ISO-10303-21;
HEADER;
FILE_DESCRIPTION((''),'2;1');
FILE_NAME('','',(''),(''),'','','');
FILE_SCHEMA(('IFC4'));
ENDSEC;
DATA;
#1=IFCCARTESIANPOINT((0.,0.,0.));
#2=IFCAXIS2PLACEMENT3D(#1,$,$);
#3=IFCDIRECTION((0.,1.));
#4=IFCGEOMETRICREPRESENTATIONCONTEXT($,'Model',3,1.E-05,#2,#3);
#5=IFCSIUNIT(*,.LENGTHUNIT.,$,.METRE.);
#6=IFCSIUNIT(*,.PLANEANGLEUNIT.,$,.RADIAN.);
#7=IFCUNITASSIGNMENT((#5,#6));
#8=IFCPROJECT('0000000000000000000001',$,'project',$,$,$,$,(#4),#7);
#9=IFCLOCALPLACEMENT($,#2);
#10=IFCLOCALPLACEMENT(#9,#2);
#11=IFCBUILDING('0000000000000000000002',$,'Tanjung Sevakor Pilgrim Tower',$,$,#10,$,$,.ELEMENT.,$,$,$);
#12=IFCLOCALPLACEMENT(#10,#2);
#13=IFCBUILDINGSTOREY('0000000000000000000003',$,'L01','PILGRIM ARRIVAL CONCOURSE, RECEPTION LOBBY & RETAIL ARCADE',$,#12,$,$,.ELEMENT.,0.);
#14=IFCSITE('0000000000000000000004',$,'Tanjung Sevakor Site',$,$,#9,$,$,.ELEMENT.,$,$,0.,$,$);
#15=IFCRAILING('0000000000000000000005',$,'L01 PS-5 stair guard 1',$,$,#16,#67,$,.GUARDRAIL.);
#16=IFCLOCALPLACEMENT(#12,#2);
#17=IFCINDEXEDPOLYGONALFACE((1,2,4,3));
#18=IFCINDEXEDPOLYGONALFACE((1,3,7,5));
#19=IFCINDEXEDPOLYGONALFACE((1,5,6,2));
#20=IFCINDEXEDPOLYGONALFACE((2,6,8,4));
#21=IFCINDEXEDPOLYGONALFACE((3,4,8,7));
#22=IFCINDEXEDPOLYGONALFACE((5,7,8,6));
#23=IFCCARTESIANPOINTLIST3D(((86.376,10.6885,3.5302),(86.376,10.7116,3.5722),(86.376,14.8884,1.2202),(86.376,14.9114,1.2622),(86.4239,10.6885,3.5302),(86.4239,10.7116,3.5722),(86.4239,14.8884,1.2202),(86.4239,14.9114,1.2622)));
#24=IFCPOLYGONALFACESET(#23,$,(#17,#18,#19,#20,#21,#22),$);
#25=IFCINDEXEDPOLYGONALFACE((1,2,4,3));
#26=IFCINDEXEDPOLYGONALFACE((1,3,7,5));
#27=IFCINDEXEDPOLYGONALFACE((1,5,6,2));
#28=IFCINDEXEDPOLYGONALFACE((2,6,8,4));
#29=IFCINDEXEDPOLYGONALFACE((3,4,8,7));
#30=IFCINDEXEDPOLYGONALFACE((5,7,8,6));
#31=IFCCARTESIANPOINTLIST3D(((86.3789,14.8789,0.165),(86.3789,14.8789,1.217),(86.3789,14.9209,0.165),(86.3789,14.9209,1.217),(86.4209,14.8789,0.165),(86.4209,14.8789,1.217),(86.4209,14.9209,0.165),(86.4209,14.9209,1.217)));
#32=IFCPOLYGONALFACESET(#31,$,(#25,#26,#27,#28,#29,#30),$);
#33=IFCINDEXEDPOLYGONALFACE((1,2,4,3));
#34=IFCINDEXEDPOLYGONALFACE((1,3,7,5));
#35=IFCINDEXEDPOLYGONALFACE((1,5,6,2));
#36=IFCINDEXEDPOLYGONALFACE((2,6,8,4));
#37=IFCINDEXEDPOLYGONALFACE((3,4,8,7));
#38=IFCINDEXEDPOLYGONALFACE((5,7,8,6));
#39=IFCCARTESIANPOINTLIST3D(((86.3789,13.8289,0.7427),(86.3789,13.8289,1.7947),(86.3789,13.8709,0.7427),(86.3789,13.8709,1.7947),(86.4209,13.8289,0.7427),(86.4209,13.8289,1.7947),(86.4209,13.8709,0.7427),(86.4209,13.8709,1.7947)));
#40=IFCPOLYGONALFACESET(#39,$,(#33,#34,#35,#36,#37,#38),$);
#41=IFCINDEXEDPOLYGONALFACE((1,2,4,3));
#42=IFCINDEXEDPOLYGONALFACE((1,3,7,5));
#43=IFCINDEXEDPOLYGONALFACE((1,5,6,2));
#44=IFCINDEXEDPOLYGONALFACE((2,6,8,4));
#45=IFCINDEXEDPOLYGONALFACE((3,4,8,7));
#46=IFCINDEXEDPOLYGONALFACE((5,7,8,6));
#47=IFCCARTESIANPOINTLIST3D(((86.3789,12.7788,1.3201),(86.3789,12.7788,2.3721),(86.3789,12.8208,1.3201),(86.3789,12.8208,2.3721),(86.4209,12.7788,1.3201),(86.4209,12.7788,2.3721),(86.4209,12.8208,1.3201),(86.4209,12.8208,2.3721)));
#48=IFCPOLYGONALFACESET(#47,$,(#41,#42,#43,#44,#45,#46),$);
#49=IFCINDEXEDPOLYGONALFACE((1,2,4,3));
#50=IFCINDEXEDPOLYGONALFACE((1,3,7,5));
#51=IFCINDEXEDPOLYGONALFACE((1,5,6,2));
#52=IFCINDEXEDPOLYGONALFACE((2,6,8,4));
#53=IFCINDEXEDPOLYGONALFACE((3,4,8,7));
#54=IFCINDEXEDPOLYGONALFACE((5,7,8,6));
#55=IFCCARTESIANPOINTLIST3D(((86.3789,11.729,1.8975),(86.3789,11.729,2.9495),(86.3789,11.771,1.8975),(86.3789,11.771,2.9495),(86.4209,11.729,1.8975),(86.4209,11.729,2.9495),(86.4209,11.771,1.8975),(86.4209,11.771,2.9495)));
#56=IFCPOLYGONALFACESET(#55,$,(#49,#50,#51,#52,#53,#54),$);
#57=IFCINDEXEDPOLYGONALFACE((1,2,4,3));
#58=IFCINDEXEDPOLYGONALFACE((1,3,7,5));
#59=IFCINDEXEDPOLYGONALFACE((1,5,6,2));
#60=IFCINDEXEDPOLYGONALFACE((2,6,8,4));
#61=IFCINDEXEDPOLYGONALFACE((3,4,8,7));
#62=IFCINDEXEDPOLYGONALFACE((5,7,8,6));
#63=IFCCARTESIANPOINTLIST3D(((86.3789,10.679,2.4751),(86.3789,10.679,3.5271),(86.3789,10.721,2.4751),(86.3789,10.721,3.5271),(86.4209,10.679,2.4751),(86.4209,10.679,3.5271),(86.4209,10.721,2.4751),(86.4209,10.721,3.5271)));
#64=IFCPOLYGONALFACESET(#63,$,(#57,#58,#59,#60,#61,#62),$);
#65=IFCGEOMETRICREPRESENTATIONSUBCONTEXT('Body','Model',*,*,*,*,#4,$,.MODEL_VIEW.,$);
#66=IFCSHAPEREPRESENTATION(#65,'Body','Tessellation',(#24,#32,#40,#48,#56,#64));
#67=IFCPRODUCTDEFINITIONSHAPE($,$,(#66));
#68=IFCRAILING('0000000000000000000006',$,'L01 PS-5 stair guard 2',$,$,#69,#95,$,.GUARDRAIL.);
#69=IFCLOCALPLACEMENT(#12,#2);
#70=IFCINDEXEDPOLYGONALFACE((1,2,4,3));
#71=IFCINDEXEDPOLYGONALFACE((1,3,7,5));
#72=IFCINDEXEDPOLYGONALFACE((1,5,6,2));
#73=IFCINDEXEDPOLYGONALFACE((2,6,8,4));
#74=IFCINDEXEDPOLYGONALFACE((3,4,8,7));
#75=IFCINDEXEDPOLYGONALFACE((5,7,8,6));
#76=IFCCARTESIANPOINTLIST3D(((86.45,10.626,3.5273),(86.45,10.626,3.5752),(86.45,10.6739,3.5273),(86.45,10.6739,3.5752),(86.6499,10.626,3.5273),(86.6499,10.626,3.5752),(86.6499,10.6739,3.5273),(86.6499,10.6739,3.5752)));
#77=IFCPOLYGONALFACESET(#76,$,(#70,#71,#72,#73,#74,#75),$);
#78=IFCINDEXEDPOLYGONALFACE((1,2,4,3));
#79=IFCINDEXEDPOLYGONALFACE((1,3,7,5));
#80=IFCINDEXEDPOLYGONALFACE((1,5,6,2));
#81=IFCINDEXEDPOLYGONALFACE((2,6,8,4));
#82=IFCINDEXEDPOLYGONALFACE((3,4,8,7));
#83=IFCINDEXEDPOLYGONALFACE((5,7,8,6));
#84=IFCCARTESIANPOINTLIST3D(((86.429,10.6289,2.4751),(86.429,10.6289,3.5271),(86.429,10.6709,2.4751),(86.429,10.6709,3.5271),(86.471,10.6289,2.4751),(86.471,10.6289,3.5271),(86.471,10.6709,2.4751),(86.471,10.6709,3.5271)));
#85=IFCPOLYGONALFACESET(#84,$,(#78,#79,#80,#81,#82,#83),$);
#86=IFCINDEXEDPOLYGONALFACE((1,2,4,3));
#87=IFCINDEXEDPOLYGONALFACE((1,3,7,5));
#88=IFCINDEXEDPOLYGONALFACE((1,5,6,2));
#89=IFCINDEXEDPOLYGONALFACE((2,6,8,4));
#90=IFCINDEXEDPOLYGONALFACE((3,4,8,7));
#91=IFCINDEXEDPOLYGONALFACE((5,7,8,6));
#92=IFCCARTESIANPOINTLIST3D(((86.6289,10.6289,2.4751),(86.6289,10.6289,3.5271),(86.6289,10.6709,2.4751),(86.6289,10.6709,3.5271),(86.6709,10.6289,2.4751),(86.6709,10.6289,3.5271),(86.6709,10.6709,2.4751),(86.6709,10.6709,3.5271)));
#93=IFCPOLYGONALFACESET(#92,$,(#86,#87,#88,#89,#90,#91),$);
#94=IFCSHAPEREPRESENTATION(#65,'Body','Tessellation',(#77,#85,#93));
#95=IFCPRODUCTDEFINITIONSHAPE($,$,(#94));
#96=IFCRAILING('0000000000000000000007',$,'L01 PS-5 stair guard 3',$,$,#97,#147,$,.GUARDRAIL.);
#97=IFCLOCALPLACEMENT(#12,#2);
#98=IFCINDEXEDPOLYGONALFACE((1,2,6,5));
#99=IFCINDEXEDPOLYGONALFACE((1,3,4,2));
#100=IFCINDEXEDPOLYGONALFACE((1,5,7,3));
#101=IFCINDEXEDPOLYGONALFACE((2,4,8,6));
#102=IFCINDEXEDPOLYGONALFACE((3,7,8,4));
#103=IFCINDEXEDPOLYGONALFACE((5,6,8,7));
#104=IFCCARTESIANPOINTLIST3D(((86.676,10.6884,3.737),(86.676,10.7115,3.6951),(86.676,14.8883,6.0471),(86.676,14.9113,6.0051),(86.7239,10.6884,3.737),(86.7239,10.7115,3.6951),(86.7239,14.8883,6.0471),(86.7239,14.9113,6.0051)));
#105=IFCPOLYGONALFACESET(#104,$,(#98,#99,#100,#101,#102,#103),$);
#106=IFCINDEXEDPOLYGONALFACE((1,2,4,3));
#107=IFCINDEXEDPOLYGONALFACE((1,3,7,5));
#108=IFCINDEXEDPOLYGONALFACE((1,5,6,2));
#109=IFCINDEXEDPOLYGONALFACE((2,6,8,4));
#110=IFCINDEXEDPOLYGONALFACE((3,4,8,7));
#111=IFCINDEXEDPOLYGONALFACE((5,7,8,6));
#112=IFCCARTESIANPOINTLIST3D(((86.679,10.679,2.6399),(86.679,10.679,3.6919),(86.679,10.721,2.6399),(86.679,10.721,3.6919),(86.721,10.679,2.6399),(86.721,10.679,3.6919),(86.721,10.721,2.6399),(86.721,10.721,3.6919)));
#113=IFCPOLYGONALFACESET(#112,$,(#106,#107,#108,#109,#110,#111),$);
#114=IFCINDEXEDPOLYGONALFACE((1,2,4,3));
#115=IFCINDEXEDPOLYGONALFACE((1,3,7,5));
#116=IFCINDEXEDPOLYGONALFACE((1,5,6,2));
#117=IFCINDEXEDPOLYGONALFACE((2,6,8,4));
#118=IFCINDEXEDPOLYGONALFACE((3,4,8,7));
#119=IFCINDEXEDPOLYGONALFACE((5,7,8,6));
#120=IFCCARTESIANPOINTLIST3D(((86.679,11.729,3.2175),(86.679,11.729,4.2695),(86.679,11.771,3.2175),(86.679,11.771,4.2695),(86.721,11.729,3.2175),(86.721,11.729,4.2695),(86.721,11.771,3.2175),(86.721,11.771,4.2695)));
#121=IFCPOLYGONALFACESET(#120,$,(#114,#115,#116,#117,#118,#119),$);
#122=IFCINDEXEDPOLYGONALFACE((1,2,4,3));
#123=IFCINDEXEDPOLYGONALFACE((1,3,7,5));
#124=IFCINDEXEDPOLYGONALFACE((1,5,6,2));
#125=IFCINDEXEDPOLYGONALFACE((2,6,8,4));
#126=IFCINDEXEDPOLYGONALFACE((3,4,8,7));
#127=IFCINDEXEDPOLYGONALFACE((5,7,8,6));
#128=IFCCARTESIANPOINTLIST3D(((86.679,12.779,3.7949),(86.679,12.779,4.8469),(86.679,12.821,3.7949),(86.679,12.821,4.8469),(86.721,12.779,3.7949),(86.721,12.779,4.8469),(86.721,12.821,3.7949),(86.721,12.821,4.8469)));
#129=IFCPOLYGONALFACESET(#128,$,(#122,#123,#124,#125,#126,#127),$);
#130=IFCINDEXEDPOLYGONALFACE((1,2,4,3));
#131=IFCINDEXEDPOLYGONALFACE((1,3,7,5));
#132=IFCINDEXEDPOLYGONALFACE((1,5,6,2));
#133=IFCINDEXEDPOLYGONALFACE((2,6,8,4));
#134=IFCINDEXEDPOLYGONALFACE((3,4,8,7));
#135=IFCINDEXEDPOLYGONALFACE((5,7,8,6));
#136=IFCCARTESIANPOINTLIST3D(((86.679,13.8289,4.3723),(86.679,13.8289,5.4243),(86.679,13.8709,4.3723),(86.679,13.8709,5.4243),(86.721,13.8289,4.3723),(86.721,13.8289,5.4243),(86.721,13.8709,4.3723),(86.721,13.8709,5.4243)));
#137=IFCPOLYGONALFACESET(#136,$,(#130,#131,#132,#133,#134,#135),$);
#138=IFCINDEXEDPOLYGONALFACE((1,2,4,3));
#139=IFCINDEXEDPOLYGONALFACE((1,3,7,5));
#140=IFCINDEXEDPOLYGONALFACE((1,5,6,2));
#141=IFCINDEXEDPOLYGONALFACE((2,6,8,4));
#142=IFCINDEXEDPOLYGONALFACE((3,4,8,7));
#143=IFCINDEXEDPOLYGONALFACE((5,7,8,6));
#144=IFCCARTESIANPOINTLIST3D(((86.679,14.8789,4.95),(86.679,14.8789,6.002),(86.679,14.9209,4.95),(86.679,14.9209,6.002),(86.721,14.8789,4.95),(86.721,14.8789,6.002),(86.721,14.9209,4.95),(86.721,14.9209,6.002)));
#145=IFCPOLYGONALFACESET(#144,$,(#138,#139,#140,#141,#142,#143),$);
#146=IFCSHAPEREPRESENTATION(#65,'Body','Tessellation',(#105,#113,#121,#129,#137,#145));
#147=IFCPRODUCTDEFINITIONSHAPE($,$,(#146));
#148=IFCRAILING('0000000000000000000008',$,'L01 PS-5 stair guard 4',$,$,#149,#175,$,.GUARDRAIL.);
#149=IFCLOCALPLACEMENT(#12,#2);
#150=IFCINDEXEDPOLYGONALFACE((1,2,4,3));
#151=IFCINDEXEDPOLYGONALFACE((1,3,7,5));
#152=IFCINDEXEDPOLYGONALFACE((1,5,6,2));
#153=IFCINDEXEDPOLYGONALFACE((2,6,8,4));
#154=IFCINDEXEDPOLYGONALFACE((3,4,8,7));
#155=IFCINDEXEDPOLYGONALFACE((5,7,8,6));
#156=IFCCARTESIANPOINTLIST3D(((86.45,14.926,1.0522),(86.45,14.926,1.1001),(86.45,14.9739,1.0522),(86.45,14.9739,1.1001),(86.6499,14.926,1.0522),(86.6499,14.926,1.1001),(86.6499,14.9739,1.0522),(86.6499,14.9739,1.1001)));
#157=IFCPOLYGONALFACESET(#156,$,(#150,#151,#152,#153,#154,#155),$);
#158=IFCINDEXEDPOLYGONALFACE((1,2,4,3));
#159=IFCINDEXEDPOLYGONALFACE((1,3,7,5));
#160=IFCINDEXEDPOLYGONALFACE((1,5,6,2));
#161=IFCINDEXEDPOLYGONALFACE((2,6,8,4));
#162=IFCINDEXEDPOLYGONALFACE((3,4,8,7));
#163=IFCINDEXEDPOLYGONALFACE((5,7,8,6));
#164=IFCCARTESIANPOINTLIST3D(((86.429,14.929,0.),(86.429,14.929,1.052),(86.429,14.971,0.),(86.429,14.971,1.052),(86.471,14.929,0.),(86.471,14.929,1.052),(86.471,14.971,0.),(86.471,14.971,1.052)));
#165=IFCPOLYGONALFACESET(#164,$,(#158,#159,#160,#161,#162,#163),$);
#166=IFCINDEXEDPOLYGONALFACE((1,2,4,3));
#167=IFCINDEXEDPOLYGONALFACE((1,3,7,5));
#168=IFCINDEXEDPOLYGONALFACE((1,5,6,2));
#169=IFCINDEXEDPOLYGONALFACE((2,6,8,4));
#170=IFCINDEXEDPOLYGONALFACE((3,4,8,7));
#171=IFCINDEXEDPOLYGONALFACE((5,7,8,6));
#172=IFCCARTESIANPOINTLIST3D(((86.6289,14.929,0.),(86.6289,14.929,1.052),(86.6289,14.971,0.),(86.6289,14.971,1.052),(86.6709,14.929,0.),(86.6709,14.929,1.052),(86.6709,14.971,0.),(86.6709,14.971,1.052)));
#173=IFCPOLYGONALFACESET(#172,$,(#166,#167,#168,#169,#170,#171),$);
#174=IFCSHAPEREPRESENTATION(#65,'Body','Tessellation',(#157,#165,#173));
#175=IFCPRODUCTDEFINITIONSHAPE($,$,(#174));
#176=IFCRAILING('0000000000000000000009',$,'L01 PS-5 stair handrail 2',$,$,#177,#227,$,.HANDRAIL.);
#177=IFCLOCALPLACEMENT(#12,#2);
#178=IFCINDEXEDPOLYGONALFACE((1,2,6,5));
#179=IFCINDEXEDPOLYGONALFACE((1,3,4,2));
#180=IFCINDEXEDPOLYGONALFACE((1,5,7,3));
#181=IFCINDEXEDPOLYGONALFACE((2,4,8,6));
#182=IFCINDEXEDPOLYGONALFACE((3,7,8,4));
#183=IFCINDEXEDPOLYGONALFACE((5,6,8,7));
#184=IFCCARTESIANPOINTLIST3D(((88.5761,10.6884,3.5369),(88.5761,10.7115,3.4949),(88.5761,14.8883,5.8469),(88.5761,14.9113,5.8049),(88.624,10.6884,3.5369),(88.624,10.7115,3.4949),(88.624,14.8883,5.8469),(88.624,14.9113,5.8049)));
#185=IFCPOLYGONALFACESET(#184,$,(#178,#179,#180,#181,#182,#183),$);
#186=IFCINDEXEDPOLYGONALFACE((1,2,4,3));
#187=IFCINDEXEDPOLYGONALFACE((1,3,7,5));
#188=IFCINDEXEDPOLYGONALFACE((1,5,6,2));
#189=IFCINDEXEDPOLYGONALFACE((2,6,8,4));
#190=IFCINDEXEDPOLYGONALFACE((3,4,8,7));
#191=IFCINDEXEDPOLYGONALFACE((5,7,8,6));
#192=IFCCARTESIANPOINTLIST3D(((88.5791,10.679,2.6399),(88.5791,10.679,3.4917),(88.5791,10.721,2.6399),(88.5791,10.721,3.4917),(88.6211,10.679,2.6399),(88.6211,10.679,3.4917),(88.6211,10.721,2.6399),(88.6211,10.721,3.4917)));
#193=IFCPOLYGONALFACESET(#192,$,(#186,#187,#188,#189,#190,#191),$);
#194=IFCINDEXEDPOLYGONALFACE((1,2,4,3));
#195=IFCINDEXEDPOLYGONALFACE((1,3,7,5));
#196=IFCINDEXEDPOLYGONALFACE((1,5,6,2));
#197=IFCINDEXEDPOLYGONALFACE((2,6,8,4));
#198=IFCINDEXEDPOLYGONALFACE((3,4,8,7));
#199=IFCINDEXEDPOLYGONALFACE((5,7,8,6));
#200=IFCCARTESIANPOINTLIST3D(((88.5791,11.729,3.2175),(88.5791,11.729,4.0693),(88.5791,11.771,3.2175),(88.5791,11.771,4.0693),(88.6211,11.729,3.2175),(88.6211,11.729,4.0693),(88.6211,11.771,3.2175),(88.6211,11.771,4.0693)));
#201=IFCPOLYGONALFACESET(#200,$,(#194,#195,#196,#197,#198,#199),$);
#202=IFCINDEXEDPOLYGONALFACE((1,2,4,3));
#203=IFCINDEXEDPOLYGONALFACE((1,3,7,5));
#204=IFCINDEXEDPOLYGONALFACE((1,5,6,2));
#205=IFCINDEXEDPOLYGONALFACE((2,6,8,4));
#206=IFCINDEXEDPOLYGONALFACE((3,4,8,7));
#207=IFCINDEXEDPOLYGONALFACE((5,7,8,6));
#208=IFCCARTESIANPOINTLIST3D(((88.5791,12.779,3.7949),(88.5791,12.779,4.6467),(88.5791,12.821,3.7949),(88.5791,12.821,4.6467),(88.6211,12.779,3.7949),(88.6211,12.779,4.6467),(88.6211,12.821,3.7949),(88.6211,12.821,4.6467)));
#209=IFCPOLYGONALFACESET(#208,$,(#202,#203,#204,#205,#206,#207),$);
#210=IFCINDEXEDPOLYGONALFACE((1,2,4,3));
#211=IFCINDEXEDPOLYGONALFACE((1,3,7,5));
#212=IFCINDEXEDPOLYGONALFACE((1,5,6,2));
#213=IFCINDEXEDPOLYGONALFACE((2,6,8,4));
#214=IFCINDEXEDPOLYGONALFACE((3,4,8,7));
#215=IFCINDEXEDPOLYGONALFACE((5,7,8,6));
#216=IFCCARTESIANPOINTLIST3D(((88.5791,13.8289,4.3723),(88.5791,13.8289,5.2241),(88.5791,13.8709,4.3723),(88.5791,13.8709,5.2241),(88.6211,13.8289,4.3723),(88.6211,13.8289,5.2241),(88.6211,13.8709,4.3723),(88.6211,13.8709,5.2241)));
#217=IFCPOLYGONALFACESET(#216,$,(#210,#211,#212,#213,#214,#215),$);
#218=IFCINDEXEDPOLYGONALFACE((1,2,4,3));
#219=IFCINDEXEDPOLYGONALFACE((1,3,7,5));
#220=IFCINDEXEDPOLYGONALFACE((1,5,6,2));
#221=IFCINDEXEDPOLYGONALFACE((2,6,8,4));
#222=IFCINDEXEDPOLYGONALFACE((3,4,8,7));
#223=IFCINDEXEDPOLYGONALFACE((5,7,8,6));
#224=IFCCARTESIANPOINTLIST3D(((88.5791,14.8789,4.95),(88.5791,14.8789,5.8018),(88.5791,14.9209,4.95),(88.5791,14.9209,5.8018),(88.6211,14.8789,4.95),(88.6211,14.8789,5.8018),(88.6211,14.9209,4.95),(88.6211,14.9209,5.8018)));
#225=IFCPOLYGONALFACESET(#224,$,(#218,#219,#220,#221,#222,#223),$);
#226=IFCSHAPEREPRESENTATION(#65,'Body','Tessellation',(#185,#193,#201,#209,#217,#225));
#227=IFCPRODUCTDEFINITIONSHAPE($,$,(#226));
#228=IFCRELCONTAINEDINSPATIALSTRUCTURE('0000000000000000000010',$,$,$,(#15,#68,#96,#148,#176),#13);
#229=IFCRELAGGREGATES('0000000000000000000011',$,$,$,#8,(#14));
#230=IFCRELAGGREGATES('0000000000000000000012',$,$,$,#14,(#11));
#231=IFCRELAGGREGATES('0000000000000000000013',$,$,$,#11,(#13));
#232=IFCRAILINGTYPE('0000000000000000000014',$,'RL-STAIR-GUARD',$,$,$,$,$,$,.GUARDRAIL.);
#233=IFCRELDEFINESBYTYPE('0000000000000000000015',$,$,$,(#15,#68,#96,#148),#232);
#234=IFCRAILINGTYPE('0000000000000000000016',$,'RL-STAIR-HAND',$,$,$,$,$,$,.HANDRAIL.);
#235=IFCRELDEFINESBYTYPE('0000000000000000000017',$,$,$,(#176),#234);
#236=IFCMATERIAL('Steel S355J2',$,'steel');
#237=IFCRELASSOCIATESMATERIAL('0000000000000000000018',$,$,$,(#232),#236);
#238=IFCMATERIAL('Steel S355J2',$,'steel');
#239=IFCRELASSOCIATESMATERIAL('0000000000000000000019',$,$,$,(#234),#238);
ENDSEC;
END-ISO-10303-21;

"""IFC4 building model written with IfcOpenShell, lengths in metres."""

from ifc_helpers import new_model, si_unit, direction, frame, origin, place, context, subcontext, project, spatial, rectangle, extrude, material, type_object, element, save


model = new_model("IFC4")

# Units and contexts
model_context = context("Model", 3, precision=1e-05, world=origin(), true_north=direction((0.0, 1.0)))
body_context = subcontext(model_context, "Body", "Model", "MODEL_VIEW")
ifc_project = project(units=[si_unit("LENGTHUNIT", "METRE"), si_unit("PLANEANGLEUNIT", "RADIAN")], contexts=[model_context])

# Site, building, storey
site_placement = place(None, origin())
site = spatial("IfcSite", under=ifc_project, at=site_placement, Name="Tanjung Sevakor Site", CompositionType="ELEMENT", RefElevation=0.0)
building_placement = place(site_placement, origin())
building = spatial("IfcBuilding", under=site, at=building_placement, Name="Tanjung Sevakor Pilgrim Tower", CompositionType="ELEMENT")
storey_placement = place(building_placement, origin())
storey = spatial("IfcBuildingStorey", under=building, at=storey_placement, Name="L01", Description="PILGRIM ARRIVAL CONCOURSE, RECEPTION LOBBY & RETAIL ARCADE", CompositionType="ELEMENT", Elevation=0.0)

# Railings
ifc_material_1 = material(Name="Steel S355J2", Category="steel")
railing_type_1 = type_object("IfcRailingType", Name="RL-STAIR-GUARD", PredefinedType="GUARDRAIL", material=ifc_material_1)
railing_1_placement = place(storey_placement, frame((86.3999, 14.8999, 0.165)))
element("IfcRailing", 1, at=railing_1_placement, inside=storey, type_object=railing_type_1, Name="L01 PS-5 stair guard 1", PredefinedType="GUARDRAIL", context=body_context, shape_type="SweptSolid", body=[
    extrude(rectangle(XDim=0.0479, YDim=0.0479), frame((0.0, 0.0, 1.0762), z_axis=(0.0, -0.876208, 0.481932), x_axis=(1.0, 0.0, 0.0)), (0.0, 0.0, 1.0), 4.7932),
    extrude(rectangle(XDim=0.042, YDim=0.042), origin(), (0.0, 0.0, 1.0), 1.052),
    extrude(rectangle(XDim=0.042, YDim=0.042), frame((0.0, -1.05, 0.5776)), (0.0, 0.0, 1.0), 1.052),
    extrude(rectangle(XDim=0.042, YDim=0.042), frame((0.0, -2.1001, 1.155)), (0.0, 0.0, 1.0), 1.052),
    extrude(rectangle(XDim=0.042, YDim=0.042), frame((0.0, -3.1499, 1.7324)), (0.0, 0.0, 1.0), 1.052),
    extrude(rectangle(XDim=0.042, YDim=0.042), frame((0.0, -4.2, 2.3101)), (0.0, 0.0, 1.0), 1.052),
])
railing_2_placement = place(storey_placement, frame((86.45, 10.6499, 2.4751)))
element("IfcRailing", 2, at=railing_2_placement, inside=storey, type_object=railing_type_1, Name="L01 PS-5 stair guard 2", PredefinedType="GUARDRAIL", context=body_context, shape_type="SweptSolid", body=[
    extrude(rectangle(XDim=0.0479, YDim=0.0479), frame((0.0, 0.0, 1.0762), z_axis=(1.0, 0.0, 0.0), x_axis=(0.0, 1.0, 0.0)), (0.0, 0.0, 1.0), 0.2),
    extrude(rectangle(XDim=0.042, YDim=0.042), origin(), (0.0, 0.0, 1.0), 1.052),
    extrude(rectangle(XDim=0.042, YDim=0.042), frame((0.2, 0.0, 0.0)), (0.0, 0.0, 1.0), 1.052),
])
railing_3_placement = place(storey_placement, frame((86.7, 10.7, 2.6399)))
element("IfcRailing", 3, at=railing_3_placement, inside=storey, type_object=railing_type_1, Name="L01 PS-5 stair guard 3", PredefinedType="GUARDRAIL", context=body_context, shape_type="SweptSolid", body=[
    extrude(rectangle(XDim=0.0479, YDim=0.0479), frame((0.0, 0.0, 1.0762), z_axis=(0.0, 0.876208, 0.481932), x_axis=(-1.0, 0.0, 0.0)), (0.0, 0.0, 1.0), 4.7932),
    extrude(rectangle(XDim=0.042, YDim=0.042), origin(), (0.0, 0.0, 1.0), 1.052),
    extrude(rectangle(XDim=0.042, YDim=0.042), frame((0.0, 1.05, 0.5776)), (0.0, 0.0, 1.0), 1.052),
    extrude(rectangle(XDim=0.042, YDim=0.042), frame((0.0, 2.1001, 1.155)), (0.0, 0.0, 1.0), 1.052),
    extrude(rectangle(XDim=0.042, YDim=0.042), frame((0.0, 3.1499, 1.7324)), (0.0, 0.0, 1.0), 1.052),
    extrude(rectangle(XDim=0.042, YDim=0.042), frame((0.0, 4.2, 2.3101)), (0.0, 0.0, 1.0), 1.052),
])
railing_4_placement = place(storey_placement, frame((86.45, 14.95, 0.0)))
element("IfcRailing", 4, at=railing_4_placement, inside=storey, type_object=railing_type_1, Name="L01 PS-5 stair guard 4", PredefinedType="GUARDRAIL", context=body_context, shape_type="SweptSolid", body=[
    extrude(rectangle(XDim=0.0479, YDim=0.0479), frame((0.0, 0.0, 1.0762), z_axis=(1.0, 0.0, 0.0), x_axis=(0.0, 1.0, 0.0)), (0.0, 0.0, 1.0), 0.2),
    extrude(rectangle(XDim=0.042, YDim=0.042), origin(), (0.0, 0.0, 1.0), 1.052),
    extrude(rectangle(XDim=0.042, YDim=0.042), frame((0.2, 0.0, 0.0)), (0.0, 0.0, 1.0), 1.052),
])
ifc_material_2 = material(Name="Steel S355J2", Category="steel")
railing_type_2 = type_object("IfcRailingType", Name="RL-STAIR-HAND", PredefinedType="HANDRAIL", material=ifc_material_2)
railing_5_placement = place(storey_placement, frame((88.6001, 10.7, 2.6399)))
element("IfcRailing", 5, at=railing_5_placement, inside=storey, type_object=railing_type_2, Name="L01 PS-5 stair handrail 2", PredefinedType="HANDRAIL", context=body_context, shape_type="SweptSolid", body=[
    extrude(rectangle(XDim=0.0479, YDim=0.0479), frame((0.0, 0.0, 0.876), z_axis=(0.0, 0.876208, 0.481932), x_axis=(-1.0, 0.0, 0.0)), (0.0, 0.0, 1.0), 4.7932),
    extrude(rectangle(XDim=0.042, YDim=0.042), origin(), (0.0, 0.0, 1.0), 0.8518),
    extrude(rectangle(XDim=0.042, YDim=0.042), frame((0.0, 1.05, 0.5776)), (0.0, 0.0, 1.0), 0.8518),
    extrude(rectangle(XDim=0.042, YDim=0.042), frame((0.0, 2.1001, 1.155)), (0.0, 0.0, 1.0), 0.8518),
    extrude(rectangle(XDim=0.042, YDim=0.042), frame((0.0, 3.1499, 1.7324)), (0.0, 0.0, 1.0), 0.8518),
    extrude(rectangle(XDim=0.042, YDim=0.042), frame((0.0, 4.2, 2.3101)), (0.0, 0.0, 1.0), 0.8518),
])

save(model, "model.ifc")
